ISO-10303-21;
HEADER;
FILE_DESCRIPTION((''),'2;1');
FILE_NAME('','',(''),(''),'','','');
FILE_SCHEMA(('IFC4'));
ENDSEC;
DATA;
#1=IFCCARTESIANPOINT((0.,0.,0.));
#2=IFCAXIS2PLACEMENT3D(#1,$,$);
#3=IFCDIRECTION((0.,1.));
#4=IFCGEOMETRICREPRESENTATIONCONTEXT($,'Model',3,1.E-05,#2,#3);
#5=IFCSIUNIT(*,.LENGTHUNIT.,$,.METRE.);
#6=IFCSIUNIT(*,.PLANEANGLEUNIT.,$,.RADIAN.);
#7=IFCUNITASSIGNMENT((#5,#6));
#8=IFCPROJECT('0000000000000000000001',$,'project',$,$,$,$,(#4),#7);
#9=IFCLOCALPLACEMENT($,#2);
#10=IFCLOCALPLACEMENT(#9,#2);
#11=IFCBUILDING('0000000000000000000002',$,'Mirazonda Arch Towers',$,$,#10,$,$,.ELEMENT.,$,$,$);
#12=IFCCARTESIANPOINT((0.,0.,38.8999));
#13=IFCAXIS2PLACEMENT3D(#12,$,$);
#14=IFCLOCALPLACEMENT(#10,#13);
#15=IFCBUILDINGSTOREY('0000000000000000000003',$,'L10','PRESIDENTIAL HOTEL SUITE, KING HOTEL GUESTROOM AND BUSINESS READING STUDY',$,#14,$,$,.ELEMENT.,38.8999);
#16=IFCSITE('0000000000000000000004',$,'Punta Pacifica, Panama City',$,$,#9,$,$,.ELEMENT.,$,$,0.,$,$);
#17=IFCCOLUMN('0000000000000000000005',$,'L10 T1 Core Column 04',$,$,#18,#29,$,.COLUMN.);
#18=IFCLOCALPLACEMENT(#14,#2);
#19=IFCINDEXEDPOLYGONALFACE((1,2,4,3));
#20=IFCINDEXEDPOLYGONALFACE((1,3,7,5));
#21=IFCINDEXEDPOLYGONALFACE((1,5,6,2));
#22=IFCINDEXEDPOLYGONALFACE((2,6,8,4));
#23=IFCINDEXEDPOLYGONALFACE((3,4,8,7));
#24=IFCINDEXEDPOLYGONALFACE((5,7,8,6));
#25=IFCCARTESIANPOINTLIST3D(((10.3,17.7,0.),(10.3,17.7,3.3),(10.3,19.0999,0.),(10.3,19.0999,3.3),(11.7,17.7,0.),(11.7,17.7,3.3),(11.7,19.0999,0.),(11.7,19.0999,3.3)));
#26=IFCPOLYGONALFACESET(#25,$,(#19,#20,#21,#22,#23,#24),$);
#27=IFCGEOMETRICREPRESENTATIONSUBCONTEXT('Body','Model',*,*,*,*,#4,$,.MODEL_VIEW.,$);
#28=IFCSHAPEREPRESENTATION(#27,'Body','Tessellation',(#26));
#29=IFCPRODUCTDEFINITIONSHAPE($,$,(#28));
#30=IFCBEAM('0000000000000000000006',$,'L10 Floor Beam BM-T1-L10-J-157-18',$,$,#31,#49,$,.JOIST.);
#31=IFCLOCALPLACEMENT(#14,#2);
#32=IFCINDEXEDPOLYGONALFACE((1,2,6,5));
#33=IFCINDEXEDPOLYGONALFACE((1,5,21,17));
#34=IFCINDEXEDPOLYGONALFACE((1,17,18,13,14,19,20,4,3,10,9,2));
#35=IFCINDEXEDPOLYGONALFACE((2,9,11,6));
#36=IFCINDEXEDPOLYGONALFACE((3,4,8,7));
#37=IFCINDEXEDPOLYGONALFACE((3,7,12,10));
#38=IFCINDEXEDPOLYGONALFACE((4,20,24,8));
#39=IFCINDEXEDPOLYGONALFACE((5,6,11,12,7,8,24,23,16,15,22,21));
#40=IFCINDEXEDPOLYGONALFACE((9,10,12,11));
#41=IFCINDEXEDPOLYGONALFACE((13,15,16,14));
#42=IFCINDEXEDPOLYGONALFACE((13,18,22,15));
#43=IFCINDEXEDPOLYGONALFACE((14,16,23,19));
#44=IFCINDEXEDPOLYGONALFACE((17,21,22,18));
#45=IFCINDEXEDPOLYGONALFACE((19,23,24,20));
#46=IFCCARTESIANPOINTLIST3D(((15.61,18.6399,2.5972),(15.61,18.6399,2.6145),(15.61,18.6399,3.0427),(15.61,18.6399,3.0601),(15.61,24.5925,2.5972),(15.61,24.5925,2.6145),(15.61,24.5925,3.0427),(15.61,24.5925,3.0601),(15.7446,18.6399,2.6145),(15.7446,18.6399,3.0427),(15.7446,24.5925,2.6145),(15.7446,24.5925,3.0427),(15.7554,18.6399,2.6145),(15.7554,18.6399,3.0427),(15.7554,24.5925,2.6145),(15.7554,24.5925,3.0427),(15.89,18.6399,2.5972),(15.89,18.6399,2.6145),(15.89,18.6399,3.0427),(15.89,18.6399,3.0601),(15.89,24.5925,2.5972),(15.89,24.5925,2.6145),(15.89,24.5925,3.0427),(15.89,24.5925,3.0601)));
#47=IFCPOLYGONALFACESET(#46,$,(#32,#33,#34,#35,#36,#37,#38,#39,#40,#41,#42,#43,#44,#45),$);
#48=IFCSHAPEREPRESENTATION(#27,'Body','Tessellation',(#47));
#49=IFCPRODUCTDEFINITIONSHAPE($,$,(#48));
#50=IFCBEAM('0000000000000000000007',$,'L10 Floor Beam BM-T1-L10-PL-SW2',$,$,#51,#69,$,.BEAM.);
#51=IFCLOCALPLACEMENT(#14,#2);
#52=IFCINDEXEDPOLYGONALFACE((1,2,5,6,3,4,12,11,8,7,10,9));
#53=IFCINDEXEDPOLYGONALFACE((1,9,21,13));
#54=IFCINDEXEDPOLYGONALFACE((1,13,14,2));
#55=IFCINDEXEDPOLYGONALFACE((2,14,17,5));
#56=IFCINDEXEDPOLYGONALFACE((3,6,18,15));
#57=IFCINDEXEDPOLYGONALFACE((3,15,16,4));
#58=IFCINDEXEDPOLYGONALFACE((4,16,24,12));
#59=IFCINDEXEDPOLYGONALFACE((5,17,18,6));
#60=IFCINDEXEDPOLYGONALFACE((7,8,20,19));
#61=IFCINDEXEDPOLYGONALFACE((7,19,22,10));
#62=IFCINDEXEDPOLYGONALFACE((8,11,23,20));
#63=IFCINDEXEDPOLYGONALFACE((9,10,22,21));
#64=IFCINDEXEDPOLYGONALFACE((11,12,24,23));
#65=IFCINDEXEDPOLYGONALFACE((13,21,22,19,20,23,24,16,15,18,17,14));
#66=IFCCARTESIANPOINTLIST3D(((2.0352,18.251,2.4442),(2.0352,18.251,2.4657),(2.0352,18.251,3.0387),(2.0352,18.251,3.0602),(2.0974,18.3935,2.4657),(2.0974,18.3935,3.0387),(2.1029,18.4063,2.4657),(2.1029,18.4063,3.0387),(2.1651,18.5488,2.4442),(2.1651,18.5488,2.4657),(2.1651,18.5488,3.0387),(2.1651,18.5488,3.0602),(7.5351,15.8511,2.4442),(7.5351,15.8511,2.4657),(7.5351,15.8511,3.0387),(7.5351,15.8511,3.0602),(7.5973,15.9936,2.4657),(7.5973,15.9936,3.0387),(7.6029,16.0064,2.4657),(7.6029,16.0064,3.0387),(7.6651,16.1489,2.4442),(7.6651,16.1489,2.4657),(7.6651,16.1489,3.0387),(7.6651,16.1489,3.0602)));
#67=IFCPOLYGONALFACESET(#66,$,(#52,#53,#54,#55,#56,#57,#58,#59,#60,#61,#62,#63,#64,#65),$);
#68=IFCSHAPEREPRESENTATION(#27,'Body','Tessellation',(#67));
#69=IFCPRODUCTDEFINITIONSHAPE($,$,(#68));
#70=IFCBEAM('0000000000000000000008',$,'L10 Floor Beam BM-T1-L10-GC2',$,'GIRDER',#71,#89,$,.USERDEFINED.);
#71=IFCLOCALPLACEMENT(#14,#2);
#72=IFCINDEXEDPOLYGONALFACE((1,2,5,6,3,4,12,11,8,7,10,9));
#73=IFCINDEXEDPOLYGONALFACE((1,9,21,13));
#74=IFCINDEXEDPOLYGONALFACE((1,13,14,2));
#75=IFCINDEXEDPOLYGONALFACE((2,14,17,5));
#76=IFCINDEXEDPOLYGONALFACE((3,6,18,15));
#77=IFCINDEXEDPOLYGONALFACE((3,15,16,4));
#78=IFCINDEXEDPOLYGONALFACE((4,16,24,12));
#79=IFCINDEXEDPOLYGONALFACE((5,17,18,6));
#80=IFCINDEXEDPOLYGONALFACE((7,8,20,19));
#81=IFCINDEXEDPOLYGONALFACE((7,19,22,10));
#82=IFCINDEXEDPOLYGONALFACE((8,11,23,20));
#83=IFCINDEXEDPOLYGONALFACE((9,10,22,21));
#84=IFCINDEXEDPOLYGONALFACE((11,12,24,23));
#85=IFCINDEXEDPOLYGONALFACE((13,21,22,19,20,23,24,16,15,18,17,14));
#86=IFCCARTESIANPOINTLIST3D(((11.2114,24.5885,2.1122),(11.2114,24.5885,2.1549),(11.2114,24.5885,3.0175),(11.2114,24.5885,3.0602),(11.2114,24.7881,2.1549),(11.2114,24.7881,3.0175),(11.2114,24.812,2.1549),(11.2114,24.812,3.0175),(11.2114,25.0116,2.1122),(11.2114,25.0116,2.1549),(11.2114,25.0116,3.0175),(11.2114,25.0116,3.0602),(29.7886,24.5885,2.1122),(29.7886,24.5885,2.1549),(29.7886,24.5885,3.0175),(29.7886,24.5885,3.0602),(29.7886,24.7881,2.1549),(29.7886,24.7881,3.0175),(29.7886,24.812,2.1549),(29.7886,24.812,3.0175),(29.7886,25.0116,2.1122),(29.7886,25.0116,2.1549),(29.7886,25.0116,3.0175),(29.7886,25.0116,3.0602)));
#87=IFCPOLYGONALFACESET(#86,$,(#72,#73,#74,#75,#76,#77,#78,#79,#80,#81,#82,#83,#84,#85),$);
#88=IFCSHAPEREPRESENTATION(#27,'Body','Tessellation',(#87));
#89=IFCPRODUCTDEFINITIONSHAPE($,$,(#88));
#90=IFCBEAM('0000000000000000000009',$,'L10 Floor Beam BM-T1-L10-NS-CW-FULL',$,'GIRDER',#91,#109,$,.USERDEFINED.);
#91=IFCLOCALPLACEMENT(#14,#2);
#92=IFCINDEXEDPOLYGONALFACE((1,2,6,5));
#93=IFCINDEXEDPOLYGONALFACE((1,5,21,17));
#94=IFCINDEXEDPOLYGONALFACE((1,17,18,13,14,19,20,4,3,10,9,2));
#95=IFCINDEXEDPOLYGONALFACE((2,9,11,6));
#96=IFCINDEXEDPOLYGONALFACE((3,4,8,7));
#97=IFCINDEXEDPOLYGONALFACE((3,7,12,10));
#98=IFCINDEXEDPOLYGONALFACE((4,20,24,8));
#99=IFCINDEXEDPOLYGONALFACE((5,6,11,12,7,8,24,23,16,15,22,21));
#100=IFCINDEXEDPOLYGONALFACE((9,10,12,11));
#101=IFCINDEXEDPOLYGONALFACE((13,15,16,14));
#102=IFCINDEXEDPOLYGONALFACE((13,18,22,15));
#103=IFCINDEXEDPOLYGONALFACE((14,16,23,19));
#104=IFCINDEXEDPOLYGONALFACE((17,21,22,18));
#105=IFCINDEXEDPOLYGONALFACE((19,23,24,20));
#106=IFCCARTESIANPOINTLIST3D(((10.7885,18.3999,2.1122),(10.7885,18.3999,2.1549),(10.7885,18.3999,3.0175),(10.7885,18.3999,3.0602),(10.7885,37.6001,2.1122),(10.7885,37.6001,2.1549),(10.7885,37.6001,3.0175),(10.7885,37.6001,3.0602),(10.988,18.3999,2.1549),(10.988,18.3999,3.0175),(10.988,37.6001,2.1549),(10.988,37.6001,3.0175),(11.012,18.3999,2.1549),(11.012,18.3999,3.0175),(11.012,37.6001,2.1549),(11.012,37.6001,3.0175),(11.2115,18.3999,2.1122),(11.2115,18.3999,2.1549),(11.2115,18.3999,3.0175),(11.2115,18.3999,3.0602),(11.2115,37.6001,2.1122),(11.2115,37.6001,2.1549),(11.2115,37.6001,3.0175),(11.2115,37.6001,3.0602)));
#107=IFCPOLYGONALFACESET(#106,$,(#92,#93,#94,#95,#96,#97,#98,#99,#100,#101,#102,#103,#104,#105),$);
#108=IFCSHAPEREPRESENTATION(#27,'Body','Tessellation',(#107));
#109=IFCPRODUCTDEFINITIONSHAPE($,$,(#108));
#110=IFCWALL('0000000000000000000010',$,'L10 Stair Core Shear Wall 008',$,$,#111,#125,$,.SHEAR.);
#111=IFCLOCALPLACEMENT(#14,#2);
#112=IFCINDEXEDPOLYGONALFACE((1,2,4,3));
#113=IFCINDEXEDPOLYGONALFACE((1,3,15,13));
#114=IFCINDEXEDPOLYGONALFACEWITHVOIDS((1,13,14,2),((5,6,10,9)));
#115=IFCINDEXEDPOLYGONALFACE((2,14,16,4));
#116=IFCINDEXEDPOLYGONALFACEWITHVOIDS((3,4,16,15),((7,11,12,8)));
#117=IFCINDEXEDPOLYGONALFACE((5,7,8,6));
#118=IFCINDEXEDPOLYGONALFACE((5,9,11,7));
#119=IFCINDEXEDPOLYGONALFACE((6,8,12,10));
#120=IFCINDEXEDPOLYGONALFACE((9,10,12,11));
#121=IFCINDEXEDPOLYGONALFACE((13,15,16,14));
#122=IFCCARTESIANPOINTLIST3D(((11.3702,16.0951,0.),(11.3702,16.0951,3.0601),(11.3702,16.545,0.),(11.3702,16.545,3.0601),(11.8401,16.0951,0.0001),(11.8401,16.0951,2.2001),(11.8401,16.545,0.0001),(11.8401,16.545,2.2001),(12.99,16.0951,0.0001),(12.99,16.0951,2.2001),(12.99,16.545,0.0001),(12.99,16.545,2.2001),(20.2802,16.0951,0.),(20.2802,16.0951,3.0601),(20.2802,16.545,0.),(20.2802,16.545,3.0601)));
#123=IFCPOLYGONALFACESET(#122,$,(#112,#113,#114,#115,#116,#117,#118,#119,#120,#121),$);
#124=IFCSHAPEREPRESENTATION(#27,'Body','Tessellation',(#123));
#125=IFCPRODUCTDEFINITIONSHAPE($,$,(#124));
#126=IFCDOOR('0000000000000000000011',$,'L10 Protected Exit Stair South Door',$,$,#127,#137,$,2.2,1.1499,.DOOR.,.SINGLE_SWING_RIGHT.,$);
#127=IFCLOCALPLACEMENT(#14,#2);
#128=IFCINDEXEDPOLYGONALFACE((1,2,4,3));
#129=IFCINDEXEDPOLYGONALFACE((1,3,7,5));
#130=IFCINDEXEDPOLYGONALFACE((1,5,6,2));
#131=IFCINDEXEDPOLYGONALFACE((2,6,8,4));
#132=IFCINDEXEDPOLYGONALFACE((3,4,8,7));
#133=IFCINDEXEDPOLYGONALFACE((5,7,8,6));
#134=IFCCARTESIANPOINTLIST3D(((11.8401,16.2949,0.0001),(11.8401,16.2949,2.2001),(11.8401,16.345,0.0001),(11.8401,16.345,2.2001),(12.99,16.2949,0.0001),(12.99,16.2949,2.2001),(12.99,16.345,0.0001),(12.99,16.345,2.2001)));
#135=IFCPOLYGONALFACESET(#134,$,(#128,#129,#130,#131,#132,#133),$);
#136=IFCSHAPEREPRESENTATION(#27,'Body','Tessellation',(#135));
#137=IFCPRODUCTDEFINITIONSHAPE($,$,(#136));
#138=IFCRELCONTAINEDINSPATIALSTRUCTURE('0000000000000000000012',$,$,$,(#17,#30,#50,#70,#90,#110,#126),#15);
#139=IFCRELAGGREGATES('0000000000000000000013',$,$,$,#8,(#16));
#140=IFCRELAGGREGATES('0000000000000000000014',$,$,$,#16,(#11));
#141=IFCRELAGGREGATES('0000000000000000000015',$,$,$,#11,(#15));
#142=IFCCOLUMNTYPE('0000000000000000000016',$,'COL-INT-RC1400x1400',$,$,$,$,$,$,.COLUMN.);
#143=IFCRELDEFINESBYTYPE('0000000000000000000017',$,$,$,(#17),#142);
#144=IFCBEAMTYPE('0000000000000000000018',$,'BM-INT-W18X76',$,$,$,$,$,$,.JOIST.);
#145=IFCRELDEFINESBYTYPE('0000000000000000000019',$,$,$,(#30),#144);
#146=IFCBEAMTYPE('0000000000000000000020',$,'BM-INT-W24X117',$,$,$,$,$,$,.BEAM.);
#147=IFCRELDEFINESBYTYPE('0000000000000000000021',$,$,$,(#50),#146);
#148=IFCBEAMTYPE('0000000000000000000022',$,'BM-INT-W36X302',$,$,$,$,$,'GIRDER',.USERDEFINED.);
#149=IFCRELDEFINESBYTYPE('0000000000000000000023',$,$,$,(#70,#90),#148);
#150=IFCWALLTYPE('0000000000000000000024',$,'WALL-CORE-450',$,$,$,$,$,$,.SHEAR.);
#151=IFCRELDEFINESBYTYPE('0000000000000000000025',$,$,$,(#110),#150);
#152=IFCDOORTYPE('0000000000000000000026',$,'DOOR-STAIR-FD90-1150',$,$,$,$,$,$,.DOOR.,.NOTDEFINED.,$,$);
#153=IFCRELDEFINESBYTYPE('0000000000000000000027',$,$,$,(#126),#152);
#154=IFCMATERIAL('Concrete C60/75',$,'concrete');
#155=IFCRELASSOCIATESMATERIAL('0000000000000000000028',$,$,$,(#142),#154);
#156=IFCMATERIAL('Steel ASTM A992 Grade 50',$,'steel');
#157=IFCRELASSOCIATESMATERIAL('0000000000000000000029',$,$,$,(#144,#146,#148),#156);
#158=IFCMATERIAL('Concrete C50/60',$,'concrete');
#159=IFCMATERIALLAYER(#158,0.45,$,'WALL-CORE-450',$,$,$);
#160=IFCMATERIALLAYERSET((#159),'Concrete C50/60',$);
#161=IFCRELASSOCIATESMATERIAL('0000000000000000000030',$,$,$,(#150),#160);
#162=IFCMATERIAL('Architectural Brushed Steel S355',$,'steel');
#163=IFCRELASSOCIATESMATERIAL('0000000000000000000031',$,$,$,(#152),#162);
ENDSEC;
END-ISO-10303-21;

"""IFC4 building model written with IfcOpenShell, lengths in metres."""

from ifc_helpers import new_model, si_unit, direction, frame, frame_2d, origin, origin_2d, place, context, subcontext, project, spatial, rectangle, i_section, extrude, material, layer, layer_set, material_profile, profile_set, type_object, element, fill, save


model = new_model("IFC4")

# Units and contexts
model_context = context("Model", 3, precision=1e-05, world=origin(), true_north=direction((0.0, 1.0)))
body_context = subcontext(model_context, "Body", "Model", "MODEL_VIEW")
ifc_project = project(units=[si_unit("LENGTHUNIT", "METRE"), si_unit("PLANEANGLEUNIT", "RADIAN")], contexts=[model_context])

# Site, building, storey
site_placement = place(None, origin())
site = spatial("IfcSite", under=ifc_project, at=site_placement, Name="Punta Pacifica, Panama City", CompositionType="ELEMENT", RefElevation=0.0)
building_placement = place(site_placement, origin())
building = spatial("IfcBuilding", under=site, at=building_placement, Name="Mirazonda Arch Towers", CompositionType="ELEMENT")
storey_placement = place(building_placement, frame((0.0, 0.0, 38.8999)))
storey = spatial("IfcBuildingStorey", under=building, at=storey_placement, Name="L10", Description="PRESIDENTIAL HOTEL SUITE, KING HOTEL GUESTROOM AND BUSINESS READING STUDY", CompositionType="ELEMENT", Elevation=38.8999)

# Column
ifc_material_1 = material(Name="Concrete C60/75", Category="concrete")
ifc_material_profile_1 = material_profile(ifc_material_1, rectangle(XDim=1.3999, YDim=1.3999, at=origin_2d()), Name="RC1400x1400")
ifc_profile_set_1 = profile_set([ifc_material_profile_1], Name="Concrete C60/75")
column_type = type_object("IfcColumnType", Name="COL-INT-RC1400x1400", PredefinedType="COLUMN", material=ifc_profile_set_1)
column_placement = place(storey_placement, frame((11.0, 18.3999, 0.0), z_axis=(0.0, 0.0, 1.0), x_axis=(1.0, 0.0, 0.0)))
element("IfcColumn", 1, at=column_placement, inside=storey, type_object=column_type, Name="L10 T1 Core Column 04", PredefinedType="COLUMN", context=body_context, shape_type="SweptSolid", body=[
    extrude(rectangle(XDim=1.3999, YDim=1.3999, at=origin_2d()), origin(), (0.0, 0.0, 1.0), 3.3),
])

# Beams
ifc_material_2 = material(Name="Steel ASTM A992 Grade 50", Category="steel")
ifc_material_profile_2 = material_profile(ifc_material_2, i_section(OverallWidth=0.28, OverallDepth=0.4629, WebThickness=0.0107, FlangeThickness=0.0173, at=origin_2d()), Name="W18X76")
ifc_profile_set_2 = profile_set([ifc_material_profile_2], Name="Steel ASTM A992 Grade 50")
beam_type_1 = type_object("IfcBeamType", Name="BM-INT-W18X76", PredefinedType="JOIST", material=ifc_profile_set_2)
beam_1_placement = place(storey_placement, frame((15.75, 18.6399, 2.8286), z_axis=(0.0, 1.0, 0.0), x_axis=(-1.0, 0.0, 0.0)))
element("IfcBeam", 2, at=beam_1_placement, inside=storey, type_object=beam_type_1, Name="L10 Floor Beam BM-T1-L10-J-157-18", PredefinedType="JOIST", context=body_context, shape_type="SweptSolid", body=[
    extrude(i_section(OverallWidth=0.28, OverallDepth=0.4629, WebThickness=0.0107, FlangeThickness=0.0173, at=origin_2d()), origin(), (0.0, 0.0, 1.0), 5.9526),
])
ifc_material_profile_3 = material_profile(ifc_material_2, i_section(OverallWidth=0.325, OverallDepth=0.616, WebThickness=0.0139, FlangeThickness=0.0215, at=origin_2d()), Name="W24X117")
ifc_profile_set_3 = profile_set([ifc_material_profile_3], Name="Steel ASTM A992 Grade 50")
beam_type_2 = type_object("IfcBeamType", Name="BM-INT-W24X117", PredefinedType="BEAM", material=ifc_profile_set_3)
beam_2_placement = place(storey_placement, frame((7.6001, 16.0, 2.7522), z_axis=(-0.916545, 0.399931, 0.0), x_axis=(-0.399931, -0.916545, 0.0)))
element("IfcBeam", 3, at=beam_2_placement, inside=storey, type_object=beam_type_2, Name="L10 Floor Beam BM-T1-L10-PL-SW2", PredefinedType="BEAM", context=body_context, shape_type="SweptSolid", body=[
    extrude(i_section(OverallWidth=0.325, OverallDepth=0.616, WebThickness=0.0139, FlangeThickness=0.0215, at=origin_2d()), origin(), (0.0, 0.0, 1.0), 6.0007),
])
ifc_material_profile_4 = material_profile(ifc_material_2, i_section(OverallWidth=0.4231, OverallDepth=0.948, WebThickness=0.0239, FlangeThickness=0.0427, at=origin_2d()), Name="W36X302")
ifc_profile_set_4 = profile_set([ifc_material_profile_4], Name="Steel ASTM A992 Grade 50")
beam_type_3 = type_object("IfcBeamType", Name="BM-INT-W36X302", ElementType="GIRDER", PredefinedType="USERDEFINED", material=ifc_profile_set_4)
beam_3_placement = place(storey_placement, frame((11.2114, 24.8, 2.5862), z_axis=(1.0, 0.0, 0.0), x_axis=(0.0, 1.0, 0.0)))
element("IfcBeam", 4, at=beam_3_placement, inside=storey, type_object=beam_type_3, Name="L10 Floor Beam BM-T1-L10-GC2", ObjectType="GIRDER", PredefinedType="USERDEFINED", context=body_context, shape_type="SweptSolid", body=[
    extrude(i_section(OverallWidth=0.4231, OverallDepth=0.948, WebThickness=0.0239, FlangeThickness=0.0427, at=origin_2d()), origin(), (0.0, 0.0, 1.0), 18.5771),
])
beam_4_placement = place(storey_placement, frame((11.0, 18.3999, 2.5862), z_axis=(0.0, 1.0, 0.0), x_axis=(-1.0, 0.0, 0.0)))
element("IfcBeam", 5, at=beam_4_placement, inside=storey, type_object=beam_type_3, Name="L10 Floor Beam BM-T1-L10-NS-CW-FULL", ObjectType="GIRDER", PredefinedType="USERDEFINED", context=body_context, shape_type="SweptSolid", body=[
    extrude(i_section(OverallWidth=0.4231, OverallDepth=0.948, WebThickness=0.0239, FlangeThickness=0.0427, at=origin_2d()), origin(), (0.0, 0.0, 1.0), 19.2002),
])

# Wall, opening, door
ifc_material_3 = material(Name="Concrete C50/60", Category="concrete")
ifc_layer_1 = layer(ifc_material_3, 0.45, Name="WALL-CORE-450")
ifc_layer_set_1 = layer_set([ifc_layer_1], Name="Concrete C50/60")
wall_type_1 = type_object("IfcWallType", Name="WALL-CORE-450", PredefinedType="SHEAR", material=ifc_layer_set_1)
wall_1_placement = place(storey_placement, frame((11.3701, 16.3201, 0.0), z_axis=(0.0, 0.0, 1.0), x_axis=(1.0, 0.0, 0.0)))
wall_1 = element("IfcWall", 6, at=wall_1_placement, inside=storey, type_object=wall_type_1, Name="L10 Stair Core Shear Wall 008", PredefinedType="SHEAR", context=body_context, shape_type="SweptSolid", body=[
    extrude(rectangle(XDim=8.9099, YDim=0.45, at=frame_2d((4.4551, 0.0))), origin(), (0.0, 0.0, 1.0), 3.0601),
])
opening_1_placement = place(wall_1_placement, frame((0.47, 0.0, 0.0)))
opening_1 = element("IfcOpeningElement", 7, at=opening_1_placement, cuts=wall_1, PredefinedType="OPENING", context=body_context, shape_type="SweptSolid", body=[
    extrude(rectangle(XDim=1.1499, YDim=2.2, at=frame_2d((0.575, 1.1001))), frame((0.0, 0.2349, 0.0), z_axis=(0.0, -1.0, 0.0), x_axis=(1.0, 0.0, 0.0)), (0.0, 0.0, 1.0), 0.47),
])
ifc_material_4 = material(Name="Architectural Brushed Steel S355", Category="steel")
door_type_1 = type_object("IfcDoorType", Name="DOOR-STAIR-FD90-1150", OperationType="NOTDEFINED", PredefinedType="DOOR", material=ifc_material_4)
door_1_placement = place(opening_1_placement, origin())
door_1 = element("IfcDoor", 8, at=door_1_placement, inside=storey, type_object=door_type_1, Name="L10 Protected Exit Stair South Door", OperationType="SINGLE_SWING_RIGHT", OverallHeight=2.2, OverallWidth=1.1499, PredefinedType="DOOR", context=body_context, shape_type="SweptSolid", body=[
    extrude(rectangle(XDim=1.1499, YDim=2.2, at=frame_2d((0.575, 1.1001))), frame((0.0, 0.0249, 0.0), z_axis=(0.0, -1.0, 0.0), x_axis=(1.0, 0.0, 0.0)), (0.0, 0.0, 1.0), 0.05),
])
fill(opening_1, door_1)

save(model, "model.ifc")
